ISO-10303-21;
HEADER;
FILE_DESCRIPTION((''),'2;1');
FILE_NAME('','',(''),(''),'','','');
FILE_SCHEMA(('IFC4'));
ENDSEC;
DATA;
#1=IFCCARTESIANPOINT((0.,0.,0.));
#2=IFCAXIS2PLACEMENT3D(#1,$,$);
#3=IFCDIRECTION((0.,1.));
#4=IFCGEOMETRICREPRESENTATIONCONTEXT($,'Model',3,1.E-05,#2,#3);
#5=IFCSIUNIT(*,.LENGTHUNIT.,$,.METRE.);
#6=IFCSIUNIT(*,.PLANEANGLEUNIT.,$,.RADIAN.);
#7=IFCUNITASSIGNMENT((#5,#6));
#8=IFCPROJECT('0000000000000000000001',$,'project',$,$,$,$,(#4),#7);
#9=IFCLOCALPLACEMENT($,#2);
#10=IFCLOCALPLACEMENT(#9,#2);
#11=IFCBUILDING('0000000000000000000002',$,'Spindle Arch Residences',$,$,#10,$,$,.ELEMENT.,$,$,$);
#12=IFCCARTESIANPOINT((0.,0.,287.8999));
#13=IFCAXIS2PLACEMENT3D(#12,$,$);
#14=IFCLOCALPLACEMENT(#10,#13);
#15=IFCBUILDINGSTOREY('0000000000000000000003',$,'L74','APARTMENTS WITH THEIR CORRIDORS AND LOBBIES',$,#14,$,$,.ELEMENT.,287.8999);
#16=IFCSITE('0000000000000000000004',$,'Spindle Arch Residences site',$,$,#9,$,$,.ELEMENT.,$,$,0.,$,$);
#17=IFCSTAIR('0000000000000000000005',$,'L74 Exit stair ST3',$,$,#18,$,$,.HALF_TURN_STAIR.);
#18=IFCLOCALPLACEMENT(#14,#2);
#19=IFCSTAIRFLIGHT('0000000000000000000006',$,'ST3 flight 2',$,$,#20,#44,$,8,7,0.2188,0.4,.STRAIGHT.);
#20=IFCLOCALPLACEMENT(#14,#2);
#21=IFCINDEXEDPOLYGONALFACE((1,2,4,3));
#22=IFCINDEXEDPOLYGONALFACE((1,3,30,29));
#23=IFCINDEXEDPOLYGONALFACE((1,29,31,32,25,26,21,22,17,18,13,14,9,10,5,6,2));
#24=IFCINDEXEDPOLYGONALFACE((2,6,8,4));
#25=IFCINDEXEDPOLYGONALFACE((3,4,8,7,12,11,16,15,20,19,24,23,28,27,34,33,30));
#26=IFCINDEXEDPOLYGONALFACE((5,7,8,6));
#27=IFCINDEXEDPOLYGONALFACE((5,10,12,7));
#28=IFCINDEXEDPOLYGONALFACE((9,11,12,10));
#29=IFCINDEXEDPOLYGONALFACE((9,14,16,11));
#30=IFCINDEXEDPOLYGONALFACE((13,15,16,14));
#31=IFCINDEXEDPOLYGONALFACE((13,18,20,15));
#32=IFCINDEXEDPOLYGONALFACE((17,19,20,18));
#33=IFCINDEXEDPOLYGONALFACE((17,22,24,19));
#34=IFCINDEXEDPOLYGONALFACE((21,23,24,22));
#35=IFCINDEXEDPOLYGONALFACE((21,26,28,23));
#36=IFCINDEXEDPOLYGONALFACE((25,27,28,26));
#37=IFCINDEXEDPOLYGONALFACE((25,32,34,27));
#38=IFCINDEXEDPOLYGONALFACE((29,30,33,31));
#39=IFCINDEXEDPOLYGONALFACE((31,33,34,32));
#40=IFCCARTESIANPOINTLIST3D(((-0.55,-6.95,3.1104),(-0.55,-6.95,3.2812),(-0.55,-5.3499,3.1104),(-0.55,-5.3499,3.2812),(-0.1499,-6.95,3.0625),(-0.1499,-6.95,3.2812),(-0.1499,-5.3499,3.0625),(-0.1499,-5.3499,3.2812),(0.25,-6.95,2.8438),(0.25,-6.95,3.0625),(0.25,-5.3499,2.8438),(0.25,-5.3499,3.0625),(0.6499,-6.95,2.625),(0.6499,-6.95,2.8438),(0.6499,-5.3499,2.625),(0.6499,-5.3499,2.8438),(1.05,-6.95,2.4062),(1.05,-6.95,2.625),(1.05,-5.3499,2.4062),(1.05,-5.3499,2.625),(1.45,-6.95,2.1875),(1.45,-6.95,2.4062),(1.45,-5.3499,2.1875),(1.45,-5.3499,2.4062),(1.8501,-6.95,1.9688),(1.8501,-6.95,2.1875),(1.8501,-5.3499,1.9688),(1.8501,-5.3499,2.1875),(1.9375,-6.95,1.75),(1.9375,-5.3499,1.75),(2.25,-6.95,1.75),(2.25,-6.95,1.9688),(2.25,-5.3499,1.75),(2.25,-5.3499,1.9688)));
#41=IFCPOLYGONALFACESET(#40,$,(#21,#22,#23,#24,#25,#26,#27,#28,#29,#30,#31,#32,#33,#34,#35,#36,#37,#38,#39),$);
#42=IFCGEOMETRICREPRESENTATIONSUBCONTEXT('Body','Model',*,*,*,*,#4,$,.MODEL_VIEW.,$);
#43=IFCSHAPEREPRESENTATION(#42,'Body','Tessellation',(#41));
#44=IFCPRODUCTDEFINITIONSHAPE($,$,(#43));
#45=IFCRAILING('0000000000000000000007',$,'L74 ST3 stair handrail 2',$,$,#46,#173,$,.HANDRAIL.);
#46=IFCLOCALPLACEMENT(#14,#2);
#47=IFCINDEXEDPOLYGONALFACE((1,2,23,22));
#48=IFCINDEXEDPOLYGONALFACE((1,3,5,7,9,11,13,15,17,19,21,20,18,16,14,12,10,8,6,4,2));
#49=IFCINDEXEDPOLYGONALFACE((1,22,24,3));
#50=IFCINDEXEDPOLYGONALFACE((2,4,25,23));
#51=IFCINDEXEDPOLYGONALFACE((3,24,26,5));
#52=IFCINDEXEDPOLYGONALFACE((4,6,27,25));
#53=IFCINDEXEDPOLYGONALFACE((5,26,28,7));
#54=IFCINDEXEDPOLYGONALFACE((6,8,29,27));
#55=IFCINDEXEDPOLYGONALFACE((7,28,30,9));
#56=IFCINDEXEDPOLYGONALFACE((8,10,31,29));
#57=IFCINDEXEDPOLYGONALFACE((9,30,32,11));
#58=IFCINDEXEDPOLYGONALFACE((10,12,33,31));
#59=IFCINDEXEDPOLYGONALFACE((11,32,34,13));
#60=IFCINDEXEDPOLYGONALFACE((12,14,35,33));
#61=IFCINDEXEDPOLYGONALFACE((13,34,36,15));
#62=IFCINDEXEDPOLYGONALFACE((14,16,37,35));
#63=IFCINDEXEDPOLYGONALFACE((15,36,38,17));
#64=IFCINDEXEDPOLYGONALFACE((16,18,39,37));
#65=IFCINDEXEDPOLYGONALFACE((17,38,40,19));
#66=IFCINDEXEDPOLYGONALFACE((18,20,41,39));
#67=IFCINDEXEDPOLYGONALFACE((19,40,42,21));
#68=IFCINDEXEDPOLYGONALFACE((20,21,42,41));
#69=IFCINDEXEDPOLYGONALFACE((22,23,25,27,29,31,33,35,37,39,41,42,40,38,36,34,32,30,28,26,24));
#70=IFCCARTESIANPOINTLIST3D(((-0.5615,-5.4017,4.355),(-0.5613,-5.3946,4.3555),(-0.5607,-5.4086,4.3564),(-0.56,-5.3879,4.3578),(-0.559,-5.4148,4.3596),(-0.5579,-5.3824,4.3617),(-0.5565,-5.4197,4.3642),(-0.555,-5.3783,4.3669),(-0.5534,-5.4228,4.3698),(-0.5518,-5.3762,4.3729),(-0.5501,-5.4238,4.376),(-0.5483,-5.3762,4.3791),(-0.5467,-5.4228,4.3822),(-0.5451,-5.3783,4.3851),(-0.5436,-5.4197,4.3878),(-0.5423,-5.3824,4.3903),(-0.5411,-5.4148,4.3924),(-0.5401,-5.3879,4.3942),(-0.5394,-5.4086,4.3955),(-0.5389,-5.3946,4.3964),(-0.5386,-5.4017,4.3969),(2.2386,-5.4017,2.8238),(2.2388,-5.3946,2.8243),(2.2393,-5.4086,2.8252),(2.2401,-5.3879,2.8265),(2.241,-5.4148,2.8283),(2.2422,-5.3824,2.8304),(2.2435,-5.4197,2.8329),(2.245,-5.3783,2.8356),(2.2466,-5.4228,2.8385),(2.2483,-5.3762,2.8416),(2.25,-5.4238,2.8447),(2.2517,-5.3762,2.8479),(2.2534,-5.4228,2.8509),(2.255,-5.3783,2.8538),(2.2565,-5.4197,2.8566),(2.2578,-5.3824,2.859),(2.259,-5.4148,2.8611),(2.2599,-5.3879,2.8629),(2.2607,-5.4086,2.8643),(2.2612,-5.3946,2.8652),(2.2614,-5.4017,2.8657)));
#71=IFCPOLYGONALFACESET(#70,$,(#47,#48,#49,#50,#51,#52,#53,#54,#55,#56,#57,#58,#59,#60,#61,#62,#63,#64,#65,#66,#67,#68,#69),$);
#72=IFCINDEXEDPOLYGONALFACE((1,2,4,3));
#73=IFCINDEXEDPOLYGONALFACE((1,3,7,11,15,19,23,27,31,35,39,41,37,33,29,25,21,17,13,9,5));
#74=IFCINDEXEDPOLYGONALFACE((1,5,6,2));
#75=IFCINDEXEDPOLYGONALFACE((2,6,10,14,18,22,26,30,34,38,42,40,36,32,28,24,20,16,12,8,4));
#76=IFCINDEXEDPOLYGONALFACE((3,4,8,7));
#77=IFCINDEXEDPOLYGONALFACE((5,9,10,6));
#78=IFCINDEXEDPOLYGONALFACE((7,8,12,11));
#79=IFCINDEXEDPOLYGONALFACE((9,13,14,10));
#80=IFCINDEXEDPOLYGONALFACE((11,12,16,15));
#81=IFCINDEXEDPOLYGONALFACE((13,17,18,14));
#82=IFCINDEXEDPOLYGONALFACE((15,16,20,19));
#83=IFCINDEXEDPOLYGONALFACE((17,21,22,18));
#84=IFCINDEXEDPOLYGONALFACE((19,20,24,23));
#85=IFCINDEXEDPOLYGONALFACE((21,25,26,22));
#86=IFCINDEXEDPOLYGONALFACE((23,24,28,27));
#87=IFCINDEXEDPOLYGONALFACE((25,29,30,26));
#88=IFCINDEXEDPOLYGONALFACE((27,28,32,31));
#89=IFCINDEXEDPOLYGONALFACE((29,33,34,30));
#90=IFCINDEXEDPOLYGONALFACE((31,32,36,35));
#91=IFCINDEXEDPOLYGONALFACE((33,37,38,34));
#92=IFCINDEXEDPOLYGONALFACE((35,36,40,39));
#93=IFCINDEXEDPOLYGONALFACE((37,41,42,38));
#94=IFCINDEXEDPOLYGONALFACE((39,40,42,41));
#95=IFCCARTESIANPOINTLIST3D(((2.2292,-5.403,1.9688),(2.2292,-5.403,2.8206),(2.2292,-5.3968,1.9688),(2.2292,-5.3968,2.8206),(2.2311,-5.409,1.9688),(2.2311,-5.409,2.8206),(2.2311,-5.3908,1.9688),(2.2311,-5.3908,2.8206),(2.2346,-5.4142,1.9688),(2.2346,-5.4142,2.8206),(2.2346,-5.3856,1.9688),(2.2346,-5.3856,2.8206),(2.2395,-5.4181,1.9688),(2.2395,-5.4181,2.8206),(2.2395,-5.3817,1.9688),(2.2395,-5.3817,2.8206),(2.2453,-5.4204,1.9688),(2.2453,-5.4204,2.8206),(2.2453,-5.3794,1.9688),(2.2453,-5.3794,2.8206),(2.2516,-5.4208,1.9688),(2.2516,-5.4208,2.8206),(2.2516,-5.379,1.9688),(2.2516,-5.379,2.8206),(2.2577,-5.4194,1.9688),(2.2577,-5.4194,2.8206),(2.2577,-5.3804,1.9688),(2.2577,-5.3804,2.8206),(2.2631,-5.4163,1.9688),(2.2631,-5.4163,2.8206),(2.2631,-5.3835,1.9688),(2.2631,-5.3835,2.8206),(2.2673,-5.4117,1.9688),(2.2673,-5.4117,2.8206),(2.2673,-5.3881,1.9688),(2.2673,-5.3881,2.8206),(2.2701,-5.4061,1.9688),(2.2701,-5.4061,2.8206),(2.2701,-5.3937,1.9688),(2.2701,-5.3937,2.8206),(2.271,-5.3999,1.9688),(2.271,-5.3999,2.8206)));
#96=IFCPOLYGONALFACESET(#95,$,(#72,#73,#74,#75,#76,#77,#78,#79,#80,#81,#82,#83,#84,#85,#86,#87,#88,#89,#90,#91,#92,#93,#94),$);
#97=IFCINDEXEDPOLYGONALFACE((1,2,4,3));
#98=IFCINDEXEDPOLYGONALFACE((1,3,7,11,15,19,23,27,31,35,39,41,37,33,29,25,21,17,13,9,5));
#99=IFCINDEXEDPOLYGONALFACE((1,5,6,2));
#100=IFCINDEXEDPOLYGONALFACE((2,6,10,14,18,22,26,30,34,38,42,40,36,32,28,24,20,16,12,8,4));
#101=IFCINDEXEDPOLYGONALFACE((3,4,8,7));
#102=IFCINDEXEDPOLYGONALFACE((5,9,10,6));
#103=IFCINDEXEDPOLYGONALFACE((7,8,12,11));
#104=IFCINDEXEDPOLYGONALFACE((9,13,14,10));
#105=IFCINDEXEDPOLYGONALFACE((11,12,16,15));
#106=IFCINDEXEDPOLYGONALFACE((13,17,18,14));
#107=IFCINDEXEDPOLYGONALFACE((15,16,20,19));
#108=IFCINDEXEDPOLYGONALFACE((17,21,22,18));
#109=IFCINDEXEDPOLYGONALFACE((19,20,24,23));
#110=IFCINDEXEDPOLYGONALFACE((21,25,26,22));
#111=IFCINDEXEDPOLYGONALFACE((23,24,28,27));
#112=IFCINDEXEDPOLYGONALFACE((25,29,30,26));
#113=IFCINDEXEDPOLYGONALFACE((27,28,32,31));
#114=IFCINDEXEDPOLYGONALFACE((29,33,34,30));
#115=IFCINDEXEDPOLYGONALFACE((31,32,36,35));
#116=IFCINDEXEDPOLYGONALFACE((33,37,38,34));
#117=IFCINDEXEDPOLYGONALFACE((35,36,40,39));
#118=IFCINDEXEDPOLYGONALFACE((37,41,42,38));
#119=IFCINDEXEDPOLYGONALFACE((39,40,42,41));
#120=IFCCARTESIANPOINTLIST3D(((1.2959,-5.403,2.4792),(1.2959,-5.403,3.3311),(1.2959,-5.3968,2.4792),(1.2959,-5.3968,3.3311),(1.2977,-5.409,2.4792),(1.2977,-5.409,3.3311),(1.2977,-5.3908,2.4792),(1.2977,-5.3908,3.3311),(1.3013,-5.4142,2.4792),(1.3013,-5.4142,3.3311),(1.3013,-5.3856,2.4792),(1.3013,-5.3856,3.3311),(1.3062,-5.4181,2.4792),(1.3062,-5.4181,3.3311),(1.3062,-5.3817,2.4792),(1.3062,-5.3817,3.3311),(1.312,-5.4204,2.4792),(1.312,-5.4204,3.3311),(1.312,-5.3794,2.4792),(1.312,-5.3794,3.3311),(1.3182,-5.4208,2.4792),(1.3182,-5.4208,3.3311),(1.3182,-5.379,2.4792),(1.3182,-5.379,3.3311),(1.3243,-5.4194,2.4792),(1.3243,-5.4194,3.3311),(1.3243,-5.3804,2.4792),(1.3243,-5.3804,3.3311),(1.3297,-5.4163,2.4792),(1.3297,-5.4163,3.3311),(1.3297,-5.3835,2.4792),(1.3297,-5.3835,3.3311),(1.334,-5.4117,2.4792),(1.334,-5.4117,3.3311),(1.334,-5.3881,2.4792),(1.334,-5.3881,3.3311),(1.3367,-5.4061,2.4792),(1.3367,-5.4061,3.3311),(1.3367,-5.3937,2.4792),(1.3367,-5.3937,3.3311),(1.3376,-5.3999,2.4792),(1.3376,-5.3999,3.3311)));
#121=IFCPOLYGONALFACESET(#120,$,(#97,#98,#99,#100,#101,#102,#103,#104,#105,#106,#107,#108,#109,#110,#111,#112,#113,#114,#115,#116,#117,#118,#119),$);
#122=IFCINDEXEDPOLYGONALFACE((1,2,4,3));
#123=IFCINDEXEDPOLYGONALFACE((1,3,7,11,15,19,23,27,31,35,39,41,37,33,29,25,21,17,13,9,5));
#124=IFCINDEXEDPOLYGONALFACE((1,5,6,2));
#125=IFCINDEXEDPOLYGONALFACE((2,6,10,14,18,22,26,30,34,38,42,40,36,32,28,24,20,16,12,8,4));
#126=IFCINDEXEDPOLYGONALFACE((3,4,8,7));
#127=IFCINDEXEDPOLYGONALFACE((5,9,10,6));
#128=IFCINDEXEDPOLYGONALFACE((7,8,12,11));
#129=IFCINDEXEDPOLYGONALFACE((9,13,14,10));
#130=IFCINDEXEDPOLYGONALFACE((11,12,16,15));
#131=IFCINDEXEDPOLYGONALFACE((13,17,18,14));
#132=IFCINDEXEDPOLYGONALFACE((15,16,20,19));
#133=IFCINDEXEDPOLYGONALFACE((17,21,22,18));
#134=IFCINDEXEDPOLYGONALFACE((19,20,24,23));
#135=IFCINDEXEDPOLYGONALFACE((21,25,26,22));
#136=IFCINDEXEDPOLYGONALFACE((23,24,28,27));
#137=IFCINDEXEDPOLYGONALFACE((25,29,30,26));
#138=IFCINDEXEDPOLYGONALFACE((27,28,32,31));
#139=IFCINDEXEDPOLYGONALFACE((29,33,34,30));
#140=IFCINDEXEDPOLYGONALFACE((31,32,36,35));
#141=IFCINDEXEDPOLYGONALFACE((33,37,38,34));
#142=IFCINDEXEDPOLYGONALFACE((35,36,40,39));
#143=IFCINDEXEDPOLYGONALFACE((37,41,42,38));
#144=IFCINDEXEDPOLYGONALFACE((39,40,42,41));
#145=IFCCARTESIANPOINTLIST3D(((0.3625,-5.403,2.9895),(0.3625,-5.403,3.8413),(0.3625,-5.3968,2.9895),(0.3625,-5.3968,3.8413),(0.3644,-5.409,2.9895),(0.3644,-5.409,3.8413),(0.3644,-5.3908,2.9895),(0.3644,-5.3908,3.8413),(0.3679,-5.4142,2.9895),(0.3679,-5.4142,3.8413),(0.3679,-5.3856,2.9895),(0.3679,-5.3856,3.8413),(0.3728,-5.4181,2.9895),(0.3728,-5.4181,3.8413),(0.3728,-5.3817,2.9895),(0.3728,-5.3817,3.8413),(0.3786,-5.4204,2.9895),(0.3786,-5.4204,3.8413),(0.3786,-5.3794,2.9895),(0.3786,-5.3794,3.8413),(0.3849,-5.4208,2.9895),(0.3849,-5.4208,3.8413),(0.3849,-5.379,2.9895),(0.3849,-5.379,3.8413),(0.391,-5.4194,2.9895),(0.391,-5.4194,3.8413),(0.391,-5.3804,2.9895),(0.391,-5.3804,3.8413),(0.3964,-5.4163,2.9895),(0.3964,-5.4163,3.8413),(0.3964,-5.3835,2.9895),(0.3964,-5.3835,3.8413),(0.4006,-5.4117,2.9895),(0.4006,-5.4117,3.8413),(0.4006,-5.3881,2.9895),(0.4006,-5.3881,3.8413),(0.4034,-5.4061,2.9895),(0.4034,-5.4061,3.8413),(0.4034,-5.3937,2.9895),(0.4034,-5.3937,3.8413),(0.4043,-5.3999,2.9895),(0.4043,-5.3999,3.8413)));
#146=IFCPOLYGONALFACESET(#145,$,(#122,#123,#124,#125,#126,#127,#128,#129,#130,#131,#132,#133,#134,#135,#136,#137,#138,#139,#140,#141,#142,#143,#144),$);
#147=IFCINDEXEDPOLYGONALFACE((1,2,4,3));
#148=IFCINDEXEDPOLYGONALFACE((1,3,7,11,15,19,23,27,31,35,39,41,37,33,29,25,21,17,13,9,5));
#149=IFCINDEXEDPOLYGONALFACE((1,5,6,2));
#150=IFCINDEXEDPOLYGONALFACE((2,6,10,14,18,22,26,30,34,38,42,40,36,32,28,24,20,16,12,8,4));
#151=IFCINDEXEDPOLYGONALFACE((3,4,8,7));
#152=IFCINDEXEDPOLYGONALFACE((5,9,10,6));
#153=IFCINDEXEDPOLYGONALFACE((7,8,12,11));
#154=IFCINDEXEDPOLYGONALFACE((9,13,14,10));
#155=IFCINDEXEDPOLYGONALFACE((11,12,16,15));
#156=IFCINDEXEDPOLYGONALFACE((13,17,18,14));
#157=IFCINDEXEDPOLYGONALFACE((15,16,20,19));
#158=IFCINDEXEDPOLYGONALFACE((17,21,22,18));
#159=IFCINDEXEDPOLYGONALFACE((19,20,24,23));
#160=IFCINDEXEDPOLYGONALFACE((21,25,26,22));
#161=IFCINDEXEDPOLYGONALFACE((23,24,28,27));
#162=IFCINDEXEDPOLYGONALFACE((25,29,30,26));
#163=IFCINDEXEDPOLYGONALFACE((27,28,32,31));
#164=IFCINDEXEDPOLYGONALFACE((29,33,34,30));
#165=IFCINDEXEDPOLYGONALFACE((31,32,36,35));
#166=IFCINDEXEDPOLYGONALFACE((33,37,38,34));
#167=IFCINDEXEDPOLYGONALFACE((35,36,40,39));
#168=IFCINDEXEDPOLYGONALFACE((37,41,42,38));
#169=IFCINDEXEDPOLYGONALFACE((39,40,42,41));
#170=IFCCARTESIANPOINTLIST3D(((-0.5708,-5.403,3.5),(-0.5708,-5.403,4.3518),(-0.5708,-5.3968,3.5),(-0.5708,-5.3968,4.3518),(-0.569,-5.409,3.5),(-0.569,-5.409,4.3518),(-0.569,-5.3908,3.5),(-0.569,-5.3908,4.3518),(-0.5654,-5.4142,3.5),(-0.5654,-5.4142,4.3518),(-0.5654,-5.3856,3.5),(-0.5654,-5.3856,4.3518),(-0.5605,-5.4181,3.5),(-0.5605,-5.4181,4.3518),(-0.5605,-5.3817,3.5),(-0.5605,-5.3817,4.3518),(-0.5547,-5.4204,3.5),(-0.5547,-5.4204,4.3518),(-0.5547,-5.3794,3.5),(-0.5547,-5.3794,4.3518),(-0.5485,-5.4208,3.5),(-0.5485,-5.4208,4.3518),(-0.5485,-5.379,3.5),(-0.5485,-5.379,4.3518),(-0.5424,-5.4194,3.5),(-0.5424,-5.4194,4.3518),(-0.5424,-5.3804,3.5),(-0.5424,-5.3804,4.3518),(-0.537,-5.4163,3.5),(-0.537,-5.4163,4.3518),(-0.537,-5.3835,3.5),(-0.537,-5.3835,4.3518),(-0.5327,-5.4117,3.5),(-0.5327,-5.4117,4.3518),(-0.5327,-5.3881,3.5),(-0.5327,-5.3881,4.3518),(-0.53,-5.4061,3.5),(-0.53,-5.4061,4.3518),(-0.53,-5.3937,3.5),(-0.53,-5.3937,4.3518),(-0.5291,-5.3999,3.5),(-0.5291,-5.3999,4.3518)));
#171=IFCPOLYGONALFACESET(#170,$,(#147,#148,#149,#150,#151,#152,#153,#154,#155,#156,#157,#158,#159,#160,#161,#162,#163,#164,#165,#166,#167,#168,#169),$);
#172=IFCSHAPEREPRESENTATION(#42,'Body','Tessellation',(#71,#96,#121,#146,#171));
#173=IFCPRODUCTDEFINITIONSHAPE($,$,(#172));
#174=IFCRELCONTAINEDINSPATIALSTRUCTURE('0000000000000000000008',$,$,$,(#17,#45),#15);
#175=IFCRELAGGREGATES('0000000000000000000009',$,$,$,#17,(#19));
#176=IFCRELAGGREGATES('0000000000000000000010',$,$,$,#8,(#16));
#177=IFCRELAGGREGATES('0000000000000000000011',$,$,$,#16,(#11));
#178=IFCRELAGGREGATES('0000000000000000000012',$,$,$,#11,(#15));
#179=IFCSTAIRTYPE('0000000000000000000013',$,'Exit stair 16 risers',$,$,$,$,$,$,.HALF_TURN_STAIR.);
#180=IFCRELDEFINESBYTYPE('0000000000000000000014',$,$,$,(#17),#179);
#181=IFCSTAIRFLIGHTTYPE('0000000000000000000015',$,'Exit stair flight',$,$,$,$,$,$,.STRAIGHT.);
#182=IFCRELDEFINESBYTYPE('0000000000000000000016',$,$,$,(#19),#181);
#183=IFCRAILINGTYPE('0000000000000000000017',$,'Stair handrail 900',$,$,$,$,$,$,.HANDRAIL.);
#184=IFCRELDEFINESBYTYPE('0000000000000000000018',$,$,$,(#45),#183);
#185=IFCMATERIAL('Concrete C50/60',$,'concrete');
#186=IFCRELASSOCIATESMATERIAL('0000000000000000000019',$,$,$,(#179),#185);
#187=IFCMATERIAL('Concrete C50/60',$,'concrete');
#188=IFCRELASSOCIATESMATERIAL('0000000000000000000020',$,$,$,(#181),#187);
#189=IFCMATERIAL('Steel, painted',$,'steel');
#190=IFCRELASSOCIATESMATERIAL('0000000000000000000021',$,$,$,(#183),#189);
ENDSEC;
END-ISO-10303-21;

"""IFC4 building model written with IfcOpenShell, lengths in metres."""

from ifc_helpers import new_model, si_unit, direction, frame, origin, origin_2d, place, context, subcontext, project, spatial, polyline, circle, outline, extrude, material, type_object, element, aggregate, save


model = new_model("IFC4")

# Units and contexts
model_context = context("Model", 3, precision=1e-05, world=origin(), true_north=direction((0.0, 1.0)))
body_context = subcontext(model_context, "Body", "Model", "MODEL_VIEW")
ifc_project = project(units=[si_unit("LENGTHUNIT", "METRE"), si_unit("PLANEANGLEUNIT", "RADIAN")], contexts=[model_context])

# Site, building, storey
site_placement = place(None, origin())
site = spatial("IfcSite", under=ifc_project, at=site_placement, Name="Spindle Arch Residences site", CompositionType="ELEMENT", RefElevation=0.0)
building_placement = place(site_placement, origin())
building = spatial("IfcBuilding", under=site, at=building_placement, Name="Spindle Arch Residences", CompositionType="ELEMENT")
storey_placement = place(building_placement, frame((0.0, 0.0, 287.8999)))
storey = spatial("IfcBuildingStorey", under=building, at=storey_placement, Name="L74", Description="APARTMENTS WITH THEIR CORRIDORS AND LOBBIES", CompositionType="ELEMENT", Elevation=287.8999)

# Stair
ifc_material_1 = material(Name="Concrete C50/60", Category="concrete")
stair_type = type_object("IfcStairType", Name="Exit stair 16 risers", PredefinedType="HALF_TURN_STAIR", material=ifc_material_1)
stair_1_placement = place(storey_placement, origin())
stair_1 = element("IfcStair", 1, at=stair_1_placement, inside=storey, type_object=stair_type, Name="L74 Exit stair ST3", PredefinedType="HALF_TURN_STAIR")

# Stair flight
ifc_material_2 = material(Name="Concrete C50/60", Category="concrete")
stair_flight_type = type_object("IfcStairFlightType", Name="Exit stair flight", PredefinedType="STRAIGHT", material=ifc_material_2)
stair_flight_placement = place(storey_placement, frame((2.25, -6.1499, 1.75), z_axis=(0.0, 0.0, 1.0), x_axis=(-1.0, 0.0, 0.0)))
stair_flight = element("IfcStairFlight", 2, at=stair_flight_placement, type_object=stair_flight_type, Name="ST3 flight 2", NumberOfRisers=8, NumberOfTreads=7, PredefinedType="STRAIGHT", RiserHeight=0.2188, TreadLength=0.4, context=body_context, shape_type="SweptSolid", body=[
    extrude(outline(polyline([(0.0, 0.0), (0.0, 0.2188), (0.3999, 0.2188), (0.3999, 0.4375), (0.8, 0.4375), (0.8, 0.6562), (1.2, 0.6562), (1.2, 0.875), (1.6001, 0.875), (1.6001, 1.0938), (2.0, 1.0938), (2.0, 1.3125), (2.3999, 1.3125), (2.3999, 1.5312), (2.8, 1.5312), (2.8, 1.75), (2.8, 1.3604), (0.3125, 0.0), (0.0, 0.0)])), frame((0.0, 0.8, 0.0), z_axis=(0.0, -1.0, 0.0), x_axis=(1.0, 0.0, 0.0)), (0.0, 0.0, 1.0), 1.6001),
])
aggregate(stair_1, [stair_flight])

# Railing
ifc_material_3 = material(Name="Steel, painted", Category="steel")
railing_type_1 = type_object("IfcRailingType", Name="Stair handrail 900", PredefinedType="HANDRAIL", material=ifc_material_3)
railing_1_placement = place(storey_placement, frame((2.25, -5.3999, 1.9688)))
element("IfcRailing", 3, at=railing_1_placement, inside=storey, type_object=railing_type_1, Name="L74 ST3 stair handrail 2", PredefinedType="HANDRAIL", context=body_context, shape_type="SweptSolid", body=[
    extrude(circle(Radius=0.0239, at=origin_2d()), frame((0.0, 0.0, 0.876), z_axis=(-0.877375, 0.0, 0.479806), x_axis=(0.0, -1.0, 0.0)), (0.0, 0.0, 1.0), 3.1914),
    extrude(circle(Radius=0.021, at=origin_2d()), origin(), (0.0, 0.0, 1.0), 0.8518),
    extrude(circle(Radius=0.021, at=origin_2d()), frame((-0.9333, 0.0, 0.5105)), (0.0, 0.0, 1.0), 0.8518),
    extrude(circle(Radius=0.021, at=origin_2d()), frame((-1.8667, 0.0, 1.0208)), (0.0, 0.0, 1.0), 0.8518),
    extrude(circle(Radius=0.021, at=origin_2d()), frame((-2.8, 0.0, 1.5312)), (0.0, 0.0, 1.0), 0.8518),
])

save(model, "model.ifc")
